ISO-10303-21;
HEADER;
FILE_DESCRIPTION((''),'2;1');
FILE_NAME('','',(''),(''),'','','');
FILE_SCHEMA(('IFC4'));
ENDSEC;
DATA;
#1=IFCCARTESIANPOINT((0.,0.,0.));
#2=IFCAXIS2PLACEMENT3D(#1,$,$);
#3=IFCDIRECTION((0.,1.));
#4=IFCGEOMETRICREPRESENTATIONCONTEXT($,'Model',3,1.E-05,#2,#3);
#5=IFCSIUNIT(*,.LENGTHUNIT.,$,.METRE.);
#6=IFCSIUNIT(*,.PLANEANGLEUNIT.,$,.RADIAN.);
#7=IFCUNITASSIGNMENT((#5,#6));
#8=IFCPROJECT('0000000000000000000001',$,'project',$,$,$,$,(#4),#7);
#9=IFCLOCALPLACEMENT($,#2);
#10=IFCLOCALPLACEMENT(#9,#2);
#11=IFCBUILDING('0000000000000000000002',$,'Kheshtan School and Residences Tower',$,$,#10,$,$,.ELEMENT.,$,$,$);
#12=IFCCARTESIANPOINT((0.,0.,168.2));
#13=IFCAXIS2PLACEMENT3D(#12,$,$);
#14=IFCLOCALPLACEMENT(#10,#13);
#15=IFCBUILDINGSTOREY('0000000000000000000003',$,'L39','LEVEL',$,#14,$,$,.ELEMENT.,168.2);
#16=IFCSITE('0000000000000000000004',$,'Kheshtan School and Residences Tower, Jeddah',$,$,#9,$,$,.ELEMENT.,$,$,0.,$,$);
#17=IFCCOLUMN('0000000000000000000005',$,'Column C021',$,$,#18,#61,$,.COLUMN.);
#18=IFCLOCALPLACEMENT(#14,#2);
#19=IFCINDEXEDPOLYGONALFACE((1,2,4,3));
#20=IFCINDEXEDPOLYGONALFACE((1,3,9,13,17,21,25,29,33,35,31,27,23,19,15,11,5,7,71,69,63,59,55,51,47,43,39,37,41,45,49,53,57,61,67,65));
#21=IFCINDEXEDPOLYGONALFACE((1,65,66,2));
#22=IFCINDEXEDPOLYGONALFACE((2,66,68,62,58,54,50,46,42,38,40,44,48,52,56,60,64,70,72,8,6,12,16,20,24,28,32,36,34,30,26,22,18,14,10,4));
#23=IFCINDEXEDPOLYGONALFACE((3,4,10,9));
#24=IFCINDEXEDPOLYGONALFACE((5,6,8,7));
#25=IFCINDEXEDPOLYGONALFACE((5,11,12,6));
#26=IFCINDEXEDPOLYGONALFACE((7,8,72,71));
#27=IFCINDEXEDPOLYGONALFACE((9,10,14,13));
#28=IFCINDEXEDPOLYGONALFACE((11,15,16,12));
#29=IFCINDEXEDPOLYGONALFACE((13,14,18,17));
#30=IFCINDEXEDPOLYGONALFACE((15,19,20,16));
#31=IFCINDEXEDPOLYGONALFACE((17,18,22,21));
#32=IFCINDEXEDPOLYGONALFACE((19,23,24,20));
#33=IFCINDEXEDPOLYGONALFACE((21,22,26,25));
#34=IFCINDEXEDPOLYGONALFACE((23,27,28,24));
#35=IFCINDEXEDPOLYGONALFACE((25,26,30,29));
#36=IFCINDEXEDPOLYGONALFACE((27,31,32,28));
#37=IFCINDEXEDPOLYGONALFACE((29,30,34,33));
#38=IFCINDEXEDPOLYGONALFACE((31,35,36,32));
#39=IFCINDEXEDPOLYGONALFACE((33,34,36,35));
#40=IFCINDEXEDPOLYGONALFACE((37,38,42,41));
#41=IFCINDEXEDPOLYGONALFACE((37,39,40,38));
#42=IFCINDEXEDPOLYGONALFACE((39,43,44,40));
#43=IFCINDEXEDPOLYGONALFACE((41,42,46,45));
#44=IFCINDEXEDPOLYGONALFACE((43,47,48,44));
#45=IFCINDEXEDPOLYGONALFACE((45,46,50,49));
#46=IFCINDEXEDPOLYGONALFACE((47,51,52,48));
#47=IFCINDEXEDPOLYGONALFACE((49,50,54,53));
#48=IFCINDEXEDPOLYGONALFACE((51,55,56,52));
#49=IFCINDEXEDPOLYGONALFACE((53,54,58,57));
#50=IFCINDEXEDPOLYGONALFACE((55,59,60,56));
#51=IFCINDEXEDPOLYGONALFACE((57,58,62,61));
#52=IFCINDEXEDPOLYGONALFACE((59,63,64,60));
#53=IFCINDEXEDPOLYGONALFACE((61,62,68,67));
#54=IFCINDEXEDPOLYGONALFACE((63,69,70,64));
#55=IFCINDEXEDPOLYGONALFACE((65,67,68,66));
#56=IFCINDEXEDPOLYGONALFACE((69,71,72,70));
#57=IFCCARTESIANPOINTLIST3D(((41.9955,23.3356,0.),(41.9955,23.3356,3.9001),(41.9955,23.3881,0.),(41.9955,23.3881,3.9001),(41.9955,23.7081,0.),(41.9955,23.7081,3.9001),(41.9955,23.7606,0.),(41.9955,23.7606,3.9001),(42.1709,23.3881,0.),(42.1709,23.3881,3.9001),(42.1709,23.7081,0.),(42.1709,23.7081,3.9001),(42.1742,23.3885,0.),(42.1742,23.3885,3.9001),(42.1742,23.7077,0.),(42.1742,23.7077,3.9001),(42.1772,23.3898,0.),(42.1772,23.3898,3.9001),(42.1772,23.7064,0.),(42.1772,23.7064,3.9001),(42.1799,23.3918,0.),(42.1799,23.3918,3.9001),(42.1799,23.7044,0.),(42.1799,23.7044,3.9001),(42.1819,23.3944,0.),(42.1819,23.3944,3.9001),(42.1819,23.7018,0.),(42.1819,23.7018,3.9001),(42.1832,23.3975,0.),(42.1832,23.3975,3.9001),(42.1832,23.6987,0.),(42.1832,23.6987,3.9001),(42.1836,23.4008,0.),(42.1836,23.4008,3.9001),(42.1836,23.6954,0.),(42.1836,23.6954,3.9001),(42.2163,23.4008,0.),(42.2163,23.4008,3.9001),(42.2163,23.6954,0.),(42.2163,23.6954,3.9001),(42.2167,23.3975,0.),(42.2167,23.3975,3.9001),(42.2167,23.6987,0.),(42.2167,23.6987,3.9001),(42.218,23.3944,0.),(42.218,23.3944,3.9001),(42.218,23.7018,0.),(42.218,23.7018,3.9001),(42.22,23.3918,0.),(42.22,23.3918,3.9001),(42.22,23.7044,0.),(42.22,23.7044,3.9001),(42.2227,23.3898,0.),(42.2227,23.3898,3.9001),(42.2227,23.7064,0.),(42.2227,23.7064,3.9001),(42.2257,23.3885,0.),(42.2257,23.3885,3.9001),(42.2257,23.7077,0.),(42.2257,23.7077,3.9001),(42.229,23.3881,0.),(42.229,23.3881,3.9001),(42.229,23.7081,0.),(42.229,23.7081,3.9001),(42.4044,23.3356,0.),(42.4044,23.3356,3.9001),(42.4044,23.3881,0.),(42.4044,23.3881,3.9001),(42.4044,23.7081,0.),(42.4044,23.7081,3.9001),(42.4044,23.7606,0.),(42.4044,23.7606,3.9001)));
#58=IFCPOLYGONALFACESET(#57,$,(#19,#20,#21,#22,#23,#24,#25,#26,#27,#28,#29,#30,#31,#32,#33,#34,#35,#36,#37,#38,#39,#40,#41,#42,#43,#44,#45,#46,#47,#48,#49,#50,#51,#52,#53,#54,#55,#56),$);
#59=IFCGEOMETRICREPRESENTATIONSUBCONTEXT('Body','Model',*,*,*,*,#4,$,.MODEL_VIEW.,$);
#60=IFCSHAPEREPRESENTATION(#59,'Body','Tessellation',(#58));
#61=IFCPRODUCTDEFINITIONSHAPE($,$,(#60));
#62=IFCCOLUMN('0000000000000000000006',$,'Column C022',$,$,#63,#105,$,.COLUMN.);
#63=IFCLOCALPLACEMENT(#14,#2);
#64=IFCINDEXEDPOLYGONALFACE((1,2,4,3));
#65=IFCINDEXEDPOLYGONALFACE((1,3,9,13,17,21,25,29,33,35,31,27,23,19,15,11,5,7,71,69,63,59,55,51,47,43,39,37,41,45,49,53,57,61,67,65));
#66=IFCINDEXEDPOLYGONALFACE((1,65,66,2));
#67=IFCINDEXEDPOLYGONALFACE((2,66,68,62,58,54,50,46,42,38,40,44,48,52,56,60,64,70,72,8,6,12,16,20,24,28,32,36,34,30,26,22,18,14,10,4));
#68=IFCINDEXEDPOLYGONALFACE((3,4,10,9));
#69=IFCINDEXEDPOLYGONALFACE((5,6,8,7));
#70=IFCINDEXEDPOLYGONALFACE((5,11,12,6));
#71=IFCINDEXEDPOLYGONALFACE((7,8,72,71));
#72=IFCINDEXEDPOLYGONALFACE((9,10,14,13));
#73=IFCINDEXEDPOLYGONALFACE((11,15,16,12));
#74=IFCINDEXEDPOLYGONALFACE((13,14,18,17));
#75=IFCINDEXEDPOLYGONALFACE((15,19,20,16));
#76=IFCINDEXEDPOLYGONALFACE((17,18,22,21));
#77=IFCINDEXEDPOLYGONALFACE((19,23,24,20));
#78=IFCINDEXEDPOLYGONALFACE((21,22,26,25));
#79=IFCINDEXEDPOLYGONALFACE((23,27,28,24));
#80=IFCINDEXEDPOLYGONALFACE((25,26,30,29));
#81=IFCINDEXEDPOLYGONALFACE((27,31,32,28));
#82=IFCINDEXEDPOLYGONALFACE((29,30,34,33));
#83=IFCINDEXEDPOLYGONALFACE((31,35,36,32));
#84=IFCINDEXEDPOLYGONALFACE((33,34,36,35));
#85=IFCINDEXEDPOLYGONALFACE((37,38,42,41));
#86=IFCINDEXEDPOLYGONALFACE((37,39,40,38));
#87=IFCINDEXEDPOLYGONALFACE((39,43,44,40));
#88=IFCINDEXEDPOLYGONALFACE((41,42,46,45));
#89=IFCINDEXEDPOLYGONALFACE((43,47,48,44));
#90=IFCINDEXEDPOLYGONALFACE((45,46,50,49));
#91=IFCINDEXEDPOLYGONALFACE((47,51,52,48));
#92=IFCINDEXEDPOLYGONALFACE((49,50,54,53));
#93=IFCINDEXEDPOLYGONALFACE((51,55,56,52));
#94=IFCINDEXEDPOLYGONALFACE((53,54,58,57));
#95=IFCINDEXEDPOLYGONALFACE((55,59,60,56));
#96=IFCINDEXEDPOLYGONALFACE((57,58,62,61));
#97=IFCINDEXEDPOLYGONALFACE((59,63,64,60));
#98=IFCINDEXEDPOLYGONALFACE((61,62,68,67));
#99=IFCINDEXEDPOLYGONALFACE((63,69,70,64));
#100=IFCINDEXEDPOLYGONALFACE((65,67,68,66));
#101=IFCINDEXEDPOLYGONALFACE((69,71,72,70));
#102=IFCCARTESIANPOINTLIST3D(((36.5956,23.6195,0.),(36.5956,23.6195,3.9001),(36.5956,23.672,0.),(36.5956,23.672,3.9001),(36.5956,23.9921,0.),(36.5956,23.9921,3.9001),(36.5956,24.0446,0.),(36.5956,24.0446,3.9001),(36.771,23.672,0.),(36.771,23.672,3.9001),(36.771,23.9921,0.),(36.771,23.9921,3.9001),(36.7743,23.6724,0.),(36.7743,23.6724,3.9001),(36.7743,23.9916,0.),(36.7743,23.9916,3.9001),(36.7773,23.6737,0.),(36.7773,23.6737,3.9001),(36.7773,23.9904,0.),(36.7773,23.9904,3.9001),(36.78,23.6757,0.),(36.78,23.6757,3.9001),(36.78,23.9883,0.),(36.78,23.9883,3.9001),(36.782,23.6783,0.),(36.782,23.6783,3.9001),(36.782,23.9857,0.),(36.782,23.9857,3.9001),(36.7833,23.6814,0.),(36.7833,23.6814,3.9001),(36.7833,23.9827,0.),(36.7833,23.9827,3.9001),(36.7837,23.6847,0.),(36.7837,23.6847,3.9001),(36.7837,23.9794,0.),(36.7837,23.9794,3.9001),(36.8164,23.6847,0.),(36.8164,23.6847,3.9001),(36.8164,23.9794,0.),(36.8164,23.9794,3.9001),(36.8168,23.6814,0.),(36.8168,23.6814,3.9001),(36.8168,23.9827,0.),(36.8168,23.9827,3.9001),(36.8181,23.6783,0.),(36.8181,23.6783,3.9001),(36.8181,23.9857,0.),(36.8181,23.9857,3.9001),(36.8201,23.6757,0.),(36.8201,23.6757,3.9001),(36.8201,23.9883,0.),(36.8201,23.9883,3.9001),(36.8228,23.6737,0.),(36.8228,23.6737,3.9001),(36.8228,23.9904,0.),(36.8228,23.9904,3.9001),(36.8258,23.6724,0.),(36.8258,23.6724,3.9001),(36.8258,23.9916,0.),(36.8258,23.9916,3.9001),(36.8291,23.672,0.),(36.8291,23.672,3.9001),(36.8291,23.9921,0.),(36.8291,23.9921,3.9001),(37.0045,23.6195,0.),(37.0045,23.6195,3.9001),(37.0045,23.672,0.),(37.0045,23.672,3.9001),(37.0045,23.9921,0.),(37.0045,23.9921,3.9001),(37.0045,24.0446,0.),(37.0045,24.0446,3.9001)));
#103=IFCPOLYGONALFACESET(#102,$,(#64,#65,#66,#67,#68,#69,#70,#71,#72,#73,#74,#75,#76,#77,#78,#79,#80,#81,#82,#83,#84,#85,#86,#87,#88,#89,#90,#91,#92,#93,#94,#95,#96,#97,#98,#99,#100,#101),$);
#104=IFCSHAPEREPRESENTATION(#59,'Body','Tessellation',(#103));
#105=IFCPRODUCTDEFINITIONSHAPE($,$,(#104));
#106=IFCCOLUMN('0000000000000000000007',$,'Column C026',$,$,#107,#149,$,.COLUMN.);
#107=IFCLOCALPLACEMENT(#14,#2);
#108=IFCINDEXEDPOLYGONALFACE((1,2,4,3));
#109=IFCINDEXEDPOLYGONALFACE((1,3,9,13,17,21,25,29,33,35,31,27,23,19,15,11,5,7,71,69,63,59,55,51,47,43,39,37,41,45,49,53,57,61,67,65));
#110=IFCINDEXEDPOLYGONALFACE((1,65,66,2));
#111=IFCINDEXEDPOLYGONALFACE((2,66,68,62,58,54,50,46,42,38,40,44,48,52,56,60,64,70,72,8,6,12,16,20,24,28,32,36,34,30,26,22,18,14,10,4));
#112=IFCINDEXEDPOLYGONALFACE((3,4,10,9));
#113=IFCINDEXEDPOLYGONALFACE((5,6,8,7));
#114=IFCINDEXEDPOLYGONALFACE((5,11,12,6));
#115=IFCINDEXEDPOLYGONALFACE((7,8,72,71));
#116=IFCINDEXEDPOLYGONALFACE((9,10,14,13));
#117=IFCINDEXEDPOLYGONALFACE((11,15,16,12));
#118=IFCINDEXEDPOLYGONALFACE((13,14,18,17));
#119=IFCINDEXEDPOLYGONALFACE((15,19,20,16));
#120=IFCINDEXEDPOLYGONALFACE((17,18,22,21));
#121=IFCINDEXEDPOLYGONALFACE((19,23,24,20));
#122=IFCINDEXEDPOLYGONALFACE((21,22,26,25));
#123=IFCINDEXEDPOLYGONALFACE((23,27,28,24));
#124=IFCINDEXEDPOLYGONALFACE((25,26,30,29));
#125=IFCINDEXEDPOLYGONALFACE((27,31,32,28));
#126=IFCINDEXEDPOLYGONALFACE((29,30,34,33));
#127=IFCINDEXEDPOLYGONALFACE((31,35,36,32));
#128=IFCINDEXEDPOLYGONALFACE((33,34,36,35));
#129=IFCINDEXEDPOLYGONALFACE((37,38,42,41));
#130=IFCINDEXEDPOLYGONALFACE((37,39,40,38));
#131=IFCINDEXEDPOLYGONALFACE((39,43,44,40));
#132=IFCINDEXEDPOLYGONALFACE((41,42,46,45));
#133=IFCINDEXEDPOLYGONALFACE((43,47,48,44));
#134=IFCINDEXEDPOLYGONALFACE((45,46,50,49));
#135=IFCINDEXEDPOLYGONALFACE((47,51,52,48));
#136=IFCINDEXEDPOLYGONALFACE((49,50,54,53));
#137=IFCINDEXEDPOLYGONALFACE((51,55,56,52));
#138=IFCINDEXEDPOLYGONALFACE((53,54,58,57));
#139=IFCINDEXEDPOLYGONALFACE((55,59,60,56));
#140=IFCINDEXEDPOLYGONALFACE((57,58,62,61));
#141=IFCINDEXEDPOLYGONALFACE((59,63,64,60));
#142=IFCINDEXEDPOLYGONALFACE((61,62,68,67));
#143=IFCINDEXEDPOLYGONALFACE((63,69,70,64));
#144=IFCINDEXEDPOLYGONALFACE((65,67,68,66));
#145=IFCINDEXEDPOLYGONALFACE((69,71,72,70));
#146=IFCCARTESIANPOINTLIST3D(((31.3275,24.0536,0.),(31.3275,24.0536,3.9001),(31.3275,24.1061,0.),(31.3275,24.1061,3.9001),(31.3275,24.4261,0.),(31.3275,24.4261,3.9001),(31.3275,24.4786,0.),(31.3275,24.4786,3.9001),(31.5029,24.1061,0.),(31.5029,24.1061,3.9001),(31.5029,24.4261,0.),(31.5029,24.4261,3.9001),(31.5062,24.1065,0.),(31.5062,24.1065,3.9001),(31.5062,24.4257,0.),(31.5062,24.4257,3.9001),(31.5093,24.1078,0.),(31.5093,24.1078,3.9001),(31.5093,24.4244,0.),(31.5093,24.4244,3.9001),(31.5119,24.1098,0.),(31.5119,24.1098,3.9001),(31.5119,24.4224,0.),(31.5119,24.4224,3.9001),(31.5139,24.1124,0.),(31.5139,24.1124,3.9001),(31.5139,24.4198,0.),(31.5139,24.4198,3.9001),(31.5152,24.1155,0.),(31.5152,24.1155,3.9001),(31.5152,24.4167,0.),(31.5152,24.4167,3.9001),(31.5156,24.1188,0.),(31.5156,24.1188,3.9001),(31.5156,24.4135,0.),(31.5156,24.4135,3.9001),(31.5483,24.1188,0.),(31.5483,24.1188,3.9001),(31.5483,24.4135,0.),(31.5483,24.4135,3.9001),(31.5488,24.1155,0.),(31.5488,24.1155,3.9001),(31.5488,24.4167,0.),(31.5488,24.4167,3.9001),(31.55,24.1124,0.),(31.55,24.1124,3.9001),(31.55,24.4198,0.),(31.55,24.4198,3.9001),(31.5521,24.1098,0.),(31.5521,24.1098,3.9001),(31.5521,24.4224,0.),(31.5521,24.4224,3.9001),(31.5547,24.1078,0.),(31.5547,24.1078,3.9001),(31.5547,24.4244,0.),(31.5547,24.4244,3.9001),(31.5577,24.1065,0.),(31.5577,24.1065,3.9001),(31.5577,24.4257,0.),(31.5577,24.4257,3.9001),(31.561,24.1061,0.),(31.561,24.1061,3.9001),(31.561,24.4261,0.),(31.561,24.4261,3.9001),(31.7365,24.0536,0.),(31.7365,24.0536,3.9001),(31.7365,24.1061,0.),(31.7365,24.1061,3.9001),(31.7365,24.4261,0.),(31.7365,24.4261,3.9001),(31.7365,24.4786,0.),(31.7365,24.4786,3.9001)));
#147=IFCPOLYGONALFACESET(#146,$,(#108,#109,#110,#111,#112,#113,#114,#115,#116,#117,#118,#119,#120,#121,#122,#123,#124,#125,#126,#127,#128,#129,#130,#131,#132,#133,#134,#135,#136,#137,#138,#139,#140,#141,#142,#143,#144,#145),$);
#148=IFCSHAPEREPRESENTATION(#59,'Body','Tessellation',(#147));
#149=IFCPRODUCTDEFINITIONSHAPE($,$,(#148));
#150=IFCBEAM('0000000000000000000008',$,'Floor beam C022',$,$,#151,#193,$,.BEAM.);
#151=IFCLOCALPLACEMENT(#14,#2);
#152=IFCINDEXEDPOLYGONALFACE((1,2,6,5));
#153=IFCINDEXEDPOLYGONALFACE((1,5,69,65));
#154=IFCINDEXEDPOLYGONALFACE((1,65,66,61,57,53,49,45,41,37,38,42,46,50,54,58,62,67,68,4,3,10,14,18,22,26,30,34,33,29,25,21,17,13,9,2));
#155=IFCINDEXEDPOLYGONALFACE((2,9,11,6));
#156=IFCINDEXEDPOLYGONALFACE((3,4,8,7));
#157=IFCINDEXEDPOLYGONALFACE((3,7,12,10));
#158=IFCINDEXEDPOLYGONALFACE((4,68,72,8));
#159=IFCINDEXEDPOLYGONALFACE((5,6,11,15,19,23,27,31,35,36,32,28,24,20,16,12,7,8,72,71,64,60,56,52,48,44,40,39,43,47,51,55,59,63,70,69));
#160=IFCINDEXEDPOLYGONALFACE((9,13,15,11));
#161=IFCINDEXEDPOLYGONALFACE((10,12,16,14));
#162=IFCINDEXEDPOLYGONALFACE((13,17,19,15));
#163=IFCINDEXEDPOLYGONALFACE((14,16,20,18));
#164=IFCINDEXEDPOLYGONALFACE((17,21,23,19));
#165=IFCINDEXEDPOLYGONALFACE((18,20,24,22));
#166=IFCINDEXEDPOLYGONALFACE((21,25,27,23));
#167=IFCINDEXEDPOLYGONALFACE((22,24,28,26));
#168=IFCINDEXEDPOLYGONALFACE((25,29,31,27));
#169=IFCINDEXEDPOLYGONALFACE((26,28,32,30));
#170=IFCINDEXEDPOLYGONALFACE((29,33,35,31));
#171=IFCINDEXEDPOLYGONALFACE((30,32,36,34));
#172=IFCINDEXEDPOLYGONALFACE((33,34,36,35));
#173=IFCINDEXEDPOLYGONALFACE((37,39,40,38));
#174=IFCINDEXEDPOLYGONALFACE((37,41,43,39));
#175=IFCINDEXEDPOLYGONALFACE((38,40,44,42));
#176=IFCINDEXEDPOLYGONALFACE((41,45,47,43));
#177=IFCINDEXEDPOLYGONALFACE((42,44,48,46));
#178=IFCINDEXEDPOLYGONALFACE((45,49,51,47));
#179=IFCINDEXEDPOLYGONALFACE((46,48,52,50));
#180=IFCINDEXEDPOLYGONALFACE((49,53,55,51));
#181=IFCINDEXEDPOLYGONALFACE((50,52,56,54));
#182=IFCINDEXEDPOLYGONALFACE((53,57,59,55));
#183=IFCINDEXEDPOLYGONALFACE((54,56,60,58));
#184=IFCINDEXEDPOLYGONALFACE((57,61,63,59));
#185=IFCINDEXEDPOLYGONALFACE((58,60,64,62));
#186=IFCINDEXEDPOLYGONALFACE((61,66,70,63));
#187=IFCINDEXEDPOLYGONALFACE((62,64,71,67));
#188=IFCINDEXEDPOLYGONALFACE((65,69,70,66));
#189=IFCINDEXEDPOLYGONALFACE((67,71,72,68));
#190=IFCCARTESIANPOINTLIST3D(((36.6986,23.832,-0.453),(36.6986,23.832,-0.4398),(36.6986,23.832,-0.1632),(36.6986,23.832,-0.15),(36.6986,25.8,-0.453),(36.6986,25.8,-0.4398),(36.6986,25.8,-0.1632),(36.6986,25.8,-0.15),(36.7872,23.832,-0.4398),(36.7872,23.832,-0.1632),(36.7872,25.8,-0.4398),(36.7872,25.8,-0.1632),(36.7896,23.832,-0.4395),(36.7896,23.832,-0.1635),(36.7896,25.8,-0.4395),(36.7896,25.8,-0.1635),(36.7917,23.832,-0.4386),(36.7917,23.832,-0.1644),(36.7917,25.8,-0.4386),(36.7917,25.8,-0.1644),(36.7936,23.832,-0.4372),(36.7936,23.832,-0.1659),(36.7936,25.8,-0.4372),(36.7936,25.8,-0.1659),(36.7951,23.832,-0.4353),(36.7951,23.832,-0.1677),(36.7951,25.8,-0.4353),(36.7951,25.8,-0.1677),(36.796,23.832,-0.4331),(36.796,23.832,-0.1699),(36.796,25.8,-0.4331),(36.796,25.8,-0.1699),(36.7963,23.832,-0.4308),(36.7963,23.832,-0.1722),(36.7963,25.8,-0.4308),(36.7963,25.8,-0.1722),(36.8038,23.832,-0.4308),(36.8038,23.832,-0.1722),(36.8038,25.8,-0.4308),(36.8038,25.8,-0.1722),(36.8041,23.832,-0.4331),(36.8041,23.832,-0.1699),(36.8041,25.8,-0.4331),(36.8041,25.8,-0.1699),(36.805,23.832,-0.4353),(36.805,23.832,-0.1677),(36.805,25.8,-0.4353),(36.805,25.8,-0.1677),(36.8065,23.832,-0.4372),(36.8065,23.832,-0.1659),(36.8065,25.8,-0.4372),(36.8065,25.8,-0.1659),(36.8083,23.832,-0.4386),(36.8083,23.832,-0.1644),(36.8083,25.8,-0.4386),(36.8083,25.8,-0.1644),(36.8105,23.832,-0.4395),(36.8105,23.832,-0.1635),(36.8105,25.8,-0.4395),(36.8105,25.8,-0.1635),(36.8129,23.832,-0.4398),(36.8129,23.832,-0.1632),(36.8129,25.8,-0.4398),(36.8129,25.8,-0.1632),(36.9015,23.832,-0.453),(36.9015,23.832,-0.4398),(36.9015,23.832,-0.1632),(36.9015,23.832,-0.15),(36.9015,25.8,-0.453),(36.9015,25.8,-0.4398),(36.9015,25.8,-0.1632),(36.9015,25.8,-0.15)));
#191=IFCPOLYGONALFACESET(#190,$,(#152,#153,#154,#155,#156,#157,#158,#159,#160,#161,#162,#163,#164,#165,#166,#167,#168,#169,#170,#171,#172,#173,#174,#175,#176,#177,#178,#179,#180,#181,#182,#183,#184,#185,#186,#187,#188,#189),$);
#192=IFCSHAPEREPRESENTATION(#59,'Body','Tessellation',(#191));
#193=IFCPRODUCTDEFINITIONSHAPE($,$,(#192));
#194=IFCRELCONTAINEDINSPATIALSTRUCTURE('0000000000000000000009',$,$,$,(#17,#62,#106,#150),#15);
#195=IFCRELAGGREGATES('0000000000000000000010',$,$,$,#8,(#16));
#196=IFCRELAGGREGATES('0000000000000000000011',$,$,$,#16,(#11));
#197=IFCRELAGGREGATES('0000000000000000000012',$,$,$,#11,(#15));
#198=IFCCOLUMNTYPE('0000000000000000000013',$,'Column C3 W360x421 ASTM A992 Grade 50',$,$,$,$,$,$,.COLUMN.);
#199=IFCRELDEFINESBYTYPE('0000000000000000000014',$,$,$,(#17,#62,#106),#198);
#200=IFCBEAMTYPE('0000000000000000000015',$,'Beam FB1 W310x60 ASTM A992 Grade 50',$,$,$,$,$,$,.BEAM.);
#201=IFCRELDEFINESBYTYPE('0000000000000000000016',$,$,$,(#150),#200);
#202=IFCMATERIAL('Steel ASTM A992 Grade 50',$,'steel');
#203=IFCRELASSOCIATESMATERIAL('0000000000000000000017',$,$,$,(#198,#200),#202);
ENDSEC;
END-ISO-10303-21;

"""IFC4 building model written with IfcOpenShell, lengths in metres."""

from ifc_helpers import new_model, si_unit, direction, frame, origin, origin_2d, place, context, subcontext, project, spatial, i_section, extrude, material, material_profile, profile_set, type_object, element, save


model = new_model("IFC4")

# Units and contexts
model_context = context("Model", 3, precision=1e-05, world=origin(), true_north=direction((0.0, 1.0)))
body_context = subcontext(model_context, "Body", "Model", "MODEL_VIEW")
ifc_project = project(units=[si_unit("LENGTHUNIT", "METRE"), si_unit("PLANEANGLEUNIT", "RADIAN")], contexts=[model_context])

# Site, building, storey
site_placement = place(None, origin())
site = spatial("IfcSite", under=ifc_project, at=site_placement, Name="Kheshtan School and Residences Tower, Jeddah", CompositionType="ELEMENT", RefElevation=0.0)
building_placement = place(site_placement, origin())
building = spatial("IfcBuilding", under=site, at=building_placement, Name="Kheshtan School and Residences Tower", CompositionType="ELEMENT")
storey_placement = place(building_placement, frame((0.0, 0.0, 168.2)))
storey = spatial("IfcBuildingStorey", under=building, at=storey_placement, Name="L39", Description="LEVEL", CompositionType="ELEMENT", Elevation=168.2)

# Columns
ifc_material_1 = material(Name="Steel ASTM A992 Grade 50", Category="steel")
ifc_material_profile_1 = material_profile(ifc_material_1, i_section(OverallWidth=0.4089, OverallDepth=0.425, WebThickness=0.0327, FlangeThickness=0.0525, FilletRadius=0.0127, at=origin_2d()), Name="W360x421")
ifc_profile_set_1 = profile_set([ifc_material_profile_1], Name="Steel ASTM A992 Grade 50")
column_type = type_object("IfcColumnType", Name="Column C3 W360x421 ASTM A992 Grade 50", PredefinedType="COLUMN", material=ifc_profile_set_1)
for number, where, z_axis, x_axis, name in (
    (1, (42.2, 23.5481, 0.0), (0.0, 0.0, 1.0), (1.0, 0.0, 0.0), "Column C021"),
    (2, (36.8, 23.832, 0.0), (0.0, 0.0, 1.0), (1.0, 0.0, 0.0), "Column C022"),
    (3, (31.532, 24.2661, 0.0), (0.0, 0.0, 1.0), (1.0, 0.0, 0.0), "Column C026"),
):
    element("IfcColumn", number, at=place(storey_placement, frame(where, z_axis=z_axis, x_axis=x_axis)), inside=storey, type_object=column_type, Name=name, PredefinedType="COLUMN", context=body_context, shape_type="SweptSolid", body=[
        extrude(i_section(OverallWidth=0.4089, OverallDepth=0.425, WebThickness=0.0327, FlangeThickness=0.0525, FilletRadius=0.0127, at=origin_2d()), origin(), (0.0, 0.0, 1.0), 3.9001),
    ])

# Beam
ifc_material_profile_2 = material_profile(ifc_material_1, i_section(OverallWidth=0.2029, OverallDepth=0.303, WebThickness=0.0076, FlangeThickness=0.0132, FilletRadius=0.009, at=origin_2d()), Name="W310x60")
ifc_profile_set_2 = profile_set([ifc_material_profile_2], Name="Steel ASTM A992 Grade 50")
beam_type_1 = type_object("IfcBeamType", Name="Beam FB1 W310x60 ASTM A992 Grade 50", PredefinedType="BEAM", material=ifc_profile_set_2)
beam_1_placement = place(storey_placement, frame((36.8, 23.832, -0.3015), z_axis=(0.0, 1.0, 0.0), x_axis=(-1.0, 0.0, 0.0)))
element("IfcBeam", 4, at=beam_1_placement, inside=storey, type_object=beam_type_1, Name="Floor beam C022", PredefinedType="BEAM", context=body_context, shape_type="SweptSolid", body=[
    extrude(i_section(OverallWidth=0.2029, OverallDepth=0.303, WebThickness=0.0076, FlangeThickness=0.0132, FilletRadius=0.009, at=origin_2d()), origin(), (0.0, 0.0, 1.0), 1.968),
])

save(model, "model.ifc")
